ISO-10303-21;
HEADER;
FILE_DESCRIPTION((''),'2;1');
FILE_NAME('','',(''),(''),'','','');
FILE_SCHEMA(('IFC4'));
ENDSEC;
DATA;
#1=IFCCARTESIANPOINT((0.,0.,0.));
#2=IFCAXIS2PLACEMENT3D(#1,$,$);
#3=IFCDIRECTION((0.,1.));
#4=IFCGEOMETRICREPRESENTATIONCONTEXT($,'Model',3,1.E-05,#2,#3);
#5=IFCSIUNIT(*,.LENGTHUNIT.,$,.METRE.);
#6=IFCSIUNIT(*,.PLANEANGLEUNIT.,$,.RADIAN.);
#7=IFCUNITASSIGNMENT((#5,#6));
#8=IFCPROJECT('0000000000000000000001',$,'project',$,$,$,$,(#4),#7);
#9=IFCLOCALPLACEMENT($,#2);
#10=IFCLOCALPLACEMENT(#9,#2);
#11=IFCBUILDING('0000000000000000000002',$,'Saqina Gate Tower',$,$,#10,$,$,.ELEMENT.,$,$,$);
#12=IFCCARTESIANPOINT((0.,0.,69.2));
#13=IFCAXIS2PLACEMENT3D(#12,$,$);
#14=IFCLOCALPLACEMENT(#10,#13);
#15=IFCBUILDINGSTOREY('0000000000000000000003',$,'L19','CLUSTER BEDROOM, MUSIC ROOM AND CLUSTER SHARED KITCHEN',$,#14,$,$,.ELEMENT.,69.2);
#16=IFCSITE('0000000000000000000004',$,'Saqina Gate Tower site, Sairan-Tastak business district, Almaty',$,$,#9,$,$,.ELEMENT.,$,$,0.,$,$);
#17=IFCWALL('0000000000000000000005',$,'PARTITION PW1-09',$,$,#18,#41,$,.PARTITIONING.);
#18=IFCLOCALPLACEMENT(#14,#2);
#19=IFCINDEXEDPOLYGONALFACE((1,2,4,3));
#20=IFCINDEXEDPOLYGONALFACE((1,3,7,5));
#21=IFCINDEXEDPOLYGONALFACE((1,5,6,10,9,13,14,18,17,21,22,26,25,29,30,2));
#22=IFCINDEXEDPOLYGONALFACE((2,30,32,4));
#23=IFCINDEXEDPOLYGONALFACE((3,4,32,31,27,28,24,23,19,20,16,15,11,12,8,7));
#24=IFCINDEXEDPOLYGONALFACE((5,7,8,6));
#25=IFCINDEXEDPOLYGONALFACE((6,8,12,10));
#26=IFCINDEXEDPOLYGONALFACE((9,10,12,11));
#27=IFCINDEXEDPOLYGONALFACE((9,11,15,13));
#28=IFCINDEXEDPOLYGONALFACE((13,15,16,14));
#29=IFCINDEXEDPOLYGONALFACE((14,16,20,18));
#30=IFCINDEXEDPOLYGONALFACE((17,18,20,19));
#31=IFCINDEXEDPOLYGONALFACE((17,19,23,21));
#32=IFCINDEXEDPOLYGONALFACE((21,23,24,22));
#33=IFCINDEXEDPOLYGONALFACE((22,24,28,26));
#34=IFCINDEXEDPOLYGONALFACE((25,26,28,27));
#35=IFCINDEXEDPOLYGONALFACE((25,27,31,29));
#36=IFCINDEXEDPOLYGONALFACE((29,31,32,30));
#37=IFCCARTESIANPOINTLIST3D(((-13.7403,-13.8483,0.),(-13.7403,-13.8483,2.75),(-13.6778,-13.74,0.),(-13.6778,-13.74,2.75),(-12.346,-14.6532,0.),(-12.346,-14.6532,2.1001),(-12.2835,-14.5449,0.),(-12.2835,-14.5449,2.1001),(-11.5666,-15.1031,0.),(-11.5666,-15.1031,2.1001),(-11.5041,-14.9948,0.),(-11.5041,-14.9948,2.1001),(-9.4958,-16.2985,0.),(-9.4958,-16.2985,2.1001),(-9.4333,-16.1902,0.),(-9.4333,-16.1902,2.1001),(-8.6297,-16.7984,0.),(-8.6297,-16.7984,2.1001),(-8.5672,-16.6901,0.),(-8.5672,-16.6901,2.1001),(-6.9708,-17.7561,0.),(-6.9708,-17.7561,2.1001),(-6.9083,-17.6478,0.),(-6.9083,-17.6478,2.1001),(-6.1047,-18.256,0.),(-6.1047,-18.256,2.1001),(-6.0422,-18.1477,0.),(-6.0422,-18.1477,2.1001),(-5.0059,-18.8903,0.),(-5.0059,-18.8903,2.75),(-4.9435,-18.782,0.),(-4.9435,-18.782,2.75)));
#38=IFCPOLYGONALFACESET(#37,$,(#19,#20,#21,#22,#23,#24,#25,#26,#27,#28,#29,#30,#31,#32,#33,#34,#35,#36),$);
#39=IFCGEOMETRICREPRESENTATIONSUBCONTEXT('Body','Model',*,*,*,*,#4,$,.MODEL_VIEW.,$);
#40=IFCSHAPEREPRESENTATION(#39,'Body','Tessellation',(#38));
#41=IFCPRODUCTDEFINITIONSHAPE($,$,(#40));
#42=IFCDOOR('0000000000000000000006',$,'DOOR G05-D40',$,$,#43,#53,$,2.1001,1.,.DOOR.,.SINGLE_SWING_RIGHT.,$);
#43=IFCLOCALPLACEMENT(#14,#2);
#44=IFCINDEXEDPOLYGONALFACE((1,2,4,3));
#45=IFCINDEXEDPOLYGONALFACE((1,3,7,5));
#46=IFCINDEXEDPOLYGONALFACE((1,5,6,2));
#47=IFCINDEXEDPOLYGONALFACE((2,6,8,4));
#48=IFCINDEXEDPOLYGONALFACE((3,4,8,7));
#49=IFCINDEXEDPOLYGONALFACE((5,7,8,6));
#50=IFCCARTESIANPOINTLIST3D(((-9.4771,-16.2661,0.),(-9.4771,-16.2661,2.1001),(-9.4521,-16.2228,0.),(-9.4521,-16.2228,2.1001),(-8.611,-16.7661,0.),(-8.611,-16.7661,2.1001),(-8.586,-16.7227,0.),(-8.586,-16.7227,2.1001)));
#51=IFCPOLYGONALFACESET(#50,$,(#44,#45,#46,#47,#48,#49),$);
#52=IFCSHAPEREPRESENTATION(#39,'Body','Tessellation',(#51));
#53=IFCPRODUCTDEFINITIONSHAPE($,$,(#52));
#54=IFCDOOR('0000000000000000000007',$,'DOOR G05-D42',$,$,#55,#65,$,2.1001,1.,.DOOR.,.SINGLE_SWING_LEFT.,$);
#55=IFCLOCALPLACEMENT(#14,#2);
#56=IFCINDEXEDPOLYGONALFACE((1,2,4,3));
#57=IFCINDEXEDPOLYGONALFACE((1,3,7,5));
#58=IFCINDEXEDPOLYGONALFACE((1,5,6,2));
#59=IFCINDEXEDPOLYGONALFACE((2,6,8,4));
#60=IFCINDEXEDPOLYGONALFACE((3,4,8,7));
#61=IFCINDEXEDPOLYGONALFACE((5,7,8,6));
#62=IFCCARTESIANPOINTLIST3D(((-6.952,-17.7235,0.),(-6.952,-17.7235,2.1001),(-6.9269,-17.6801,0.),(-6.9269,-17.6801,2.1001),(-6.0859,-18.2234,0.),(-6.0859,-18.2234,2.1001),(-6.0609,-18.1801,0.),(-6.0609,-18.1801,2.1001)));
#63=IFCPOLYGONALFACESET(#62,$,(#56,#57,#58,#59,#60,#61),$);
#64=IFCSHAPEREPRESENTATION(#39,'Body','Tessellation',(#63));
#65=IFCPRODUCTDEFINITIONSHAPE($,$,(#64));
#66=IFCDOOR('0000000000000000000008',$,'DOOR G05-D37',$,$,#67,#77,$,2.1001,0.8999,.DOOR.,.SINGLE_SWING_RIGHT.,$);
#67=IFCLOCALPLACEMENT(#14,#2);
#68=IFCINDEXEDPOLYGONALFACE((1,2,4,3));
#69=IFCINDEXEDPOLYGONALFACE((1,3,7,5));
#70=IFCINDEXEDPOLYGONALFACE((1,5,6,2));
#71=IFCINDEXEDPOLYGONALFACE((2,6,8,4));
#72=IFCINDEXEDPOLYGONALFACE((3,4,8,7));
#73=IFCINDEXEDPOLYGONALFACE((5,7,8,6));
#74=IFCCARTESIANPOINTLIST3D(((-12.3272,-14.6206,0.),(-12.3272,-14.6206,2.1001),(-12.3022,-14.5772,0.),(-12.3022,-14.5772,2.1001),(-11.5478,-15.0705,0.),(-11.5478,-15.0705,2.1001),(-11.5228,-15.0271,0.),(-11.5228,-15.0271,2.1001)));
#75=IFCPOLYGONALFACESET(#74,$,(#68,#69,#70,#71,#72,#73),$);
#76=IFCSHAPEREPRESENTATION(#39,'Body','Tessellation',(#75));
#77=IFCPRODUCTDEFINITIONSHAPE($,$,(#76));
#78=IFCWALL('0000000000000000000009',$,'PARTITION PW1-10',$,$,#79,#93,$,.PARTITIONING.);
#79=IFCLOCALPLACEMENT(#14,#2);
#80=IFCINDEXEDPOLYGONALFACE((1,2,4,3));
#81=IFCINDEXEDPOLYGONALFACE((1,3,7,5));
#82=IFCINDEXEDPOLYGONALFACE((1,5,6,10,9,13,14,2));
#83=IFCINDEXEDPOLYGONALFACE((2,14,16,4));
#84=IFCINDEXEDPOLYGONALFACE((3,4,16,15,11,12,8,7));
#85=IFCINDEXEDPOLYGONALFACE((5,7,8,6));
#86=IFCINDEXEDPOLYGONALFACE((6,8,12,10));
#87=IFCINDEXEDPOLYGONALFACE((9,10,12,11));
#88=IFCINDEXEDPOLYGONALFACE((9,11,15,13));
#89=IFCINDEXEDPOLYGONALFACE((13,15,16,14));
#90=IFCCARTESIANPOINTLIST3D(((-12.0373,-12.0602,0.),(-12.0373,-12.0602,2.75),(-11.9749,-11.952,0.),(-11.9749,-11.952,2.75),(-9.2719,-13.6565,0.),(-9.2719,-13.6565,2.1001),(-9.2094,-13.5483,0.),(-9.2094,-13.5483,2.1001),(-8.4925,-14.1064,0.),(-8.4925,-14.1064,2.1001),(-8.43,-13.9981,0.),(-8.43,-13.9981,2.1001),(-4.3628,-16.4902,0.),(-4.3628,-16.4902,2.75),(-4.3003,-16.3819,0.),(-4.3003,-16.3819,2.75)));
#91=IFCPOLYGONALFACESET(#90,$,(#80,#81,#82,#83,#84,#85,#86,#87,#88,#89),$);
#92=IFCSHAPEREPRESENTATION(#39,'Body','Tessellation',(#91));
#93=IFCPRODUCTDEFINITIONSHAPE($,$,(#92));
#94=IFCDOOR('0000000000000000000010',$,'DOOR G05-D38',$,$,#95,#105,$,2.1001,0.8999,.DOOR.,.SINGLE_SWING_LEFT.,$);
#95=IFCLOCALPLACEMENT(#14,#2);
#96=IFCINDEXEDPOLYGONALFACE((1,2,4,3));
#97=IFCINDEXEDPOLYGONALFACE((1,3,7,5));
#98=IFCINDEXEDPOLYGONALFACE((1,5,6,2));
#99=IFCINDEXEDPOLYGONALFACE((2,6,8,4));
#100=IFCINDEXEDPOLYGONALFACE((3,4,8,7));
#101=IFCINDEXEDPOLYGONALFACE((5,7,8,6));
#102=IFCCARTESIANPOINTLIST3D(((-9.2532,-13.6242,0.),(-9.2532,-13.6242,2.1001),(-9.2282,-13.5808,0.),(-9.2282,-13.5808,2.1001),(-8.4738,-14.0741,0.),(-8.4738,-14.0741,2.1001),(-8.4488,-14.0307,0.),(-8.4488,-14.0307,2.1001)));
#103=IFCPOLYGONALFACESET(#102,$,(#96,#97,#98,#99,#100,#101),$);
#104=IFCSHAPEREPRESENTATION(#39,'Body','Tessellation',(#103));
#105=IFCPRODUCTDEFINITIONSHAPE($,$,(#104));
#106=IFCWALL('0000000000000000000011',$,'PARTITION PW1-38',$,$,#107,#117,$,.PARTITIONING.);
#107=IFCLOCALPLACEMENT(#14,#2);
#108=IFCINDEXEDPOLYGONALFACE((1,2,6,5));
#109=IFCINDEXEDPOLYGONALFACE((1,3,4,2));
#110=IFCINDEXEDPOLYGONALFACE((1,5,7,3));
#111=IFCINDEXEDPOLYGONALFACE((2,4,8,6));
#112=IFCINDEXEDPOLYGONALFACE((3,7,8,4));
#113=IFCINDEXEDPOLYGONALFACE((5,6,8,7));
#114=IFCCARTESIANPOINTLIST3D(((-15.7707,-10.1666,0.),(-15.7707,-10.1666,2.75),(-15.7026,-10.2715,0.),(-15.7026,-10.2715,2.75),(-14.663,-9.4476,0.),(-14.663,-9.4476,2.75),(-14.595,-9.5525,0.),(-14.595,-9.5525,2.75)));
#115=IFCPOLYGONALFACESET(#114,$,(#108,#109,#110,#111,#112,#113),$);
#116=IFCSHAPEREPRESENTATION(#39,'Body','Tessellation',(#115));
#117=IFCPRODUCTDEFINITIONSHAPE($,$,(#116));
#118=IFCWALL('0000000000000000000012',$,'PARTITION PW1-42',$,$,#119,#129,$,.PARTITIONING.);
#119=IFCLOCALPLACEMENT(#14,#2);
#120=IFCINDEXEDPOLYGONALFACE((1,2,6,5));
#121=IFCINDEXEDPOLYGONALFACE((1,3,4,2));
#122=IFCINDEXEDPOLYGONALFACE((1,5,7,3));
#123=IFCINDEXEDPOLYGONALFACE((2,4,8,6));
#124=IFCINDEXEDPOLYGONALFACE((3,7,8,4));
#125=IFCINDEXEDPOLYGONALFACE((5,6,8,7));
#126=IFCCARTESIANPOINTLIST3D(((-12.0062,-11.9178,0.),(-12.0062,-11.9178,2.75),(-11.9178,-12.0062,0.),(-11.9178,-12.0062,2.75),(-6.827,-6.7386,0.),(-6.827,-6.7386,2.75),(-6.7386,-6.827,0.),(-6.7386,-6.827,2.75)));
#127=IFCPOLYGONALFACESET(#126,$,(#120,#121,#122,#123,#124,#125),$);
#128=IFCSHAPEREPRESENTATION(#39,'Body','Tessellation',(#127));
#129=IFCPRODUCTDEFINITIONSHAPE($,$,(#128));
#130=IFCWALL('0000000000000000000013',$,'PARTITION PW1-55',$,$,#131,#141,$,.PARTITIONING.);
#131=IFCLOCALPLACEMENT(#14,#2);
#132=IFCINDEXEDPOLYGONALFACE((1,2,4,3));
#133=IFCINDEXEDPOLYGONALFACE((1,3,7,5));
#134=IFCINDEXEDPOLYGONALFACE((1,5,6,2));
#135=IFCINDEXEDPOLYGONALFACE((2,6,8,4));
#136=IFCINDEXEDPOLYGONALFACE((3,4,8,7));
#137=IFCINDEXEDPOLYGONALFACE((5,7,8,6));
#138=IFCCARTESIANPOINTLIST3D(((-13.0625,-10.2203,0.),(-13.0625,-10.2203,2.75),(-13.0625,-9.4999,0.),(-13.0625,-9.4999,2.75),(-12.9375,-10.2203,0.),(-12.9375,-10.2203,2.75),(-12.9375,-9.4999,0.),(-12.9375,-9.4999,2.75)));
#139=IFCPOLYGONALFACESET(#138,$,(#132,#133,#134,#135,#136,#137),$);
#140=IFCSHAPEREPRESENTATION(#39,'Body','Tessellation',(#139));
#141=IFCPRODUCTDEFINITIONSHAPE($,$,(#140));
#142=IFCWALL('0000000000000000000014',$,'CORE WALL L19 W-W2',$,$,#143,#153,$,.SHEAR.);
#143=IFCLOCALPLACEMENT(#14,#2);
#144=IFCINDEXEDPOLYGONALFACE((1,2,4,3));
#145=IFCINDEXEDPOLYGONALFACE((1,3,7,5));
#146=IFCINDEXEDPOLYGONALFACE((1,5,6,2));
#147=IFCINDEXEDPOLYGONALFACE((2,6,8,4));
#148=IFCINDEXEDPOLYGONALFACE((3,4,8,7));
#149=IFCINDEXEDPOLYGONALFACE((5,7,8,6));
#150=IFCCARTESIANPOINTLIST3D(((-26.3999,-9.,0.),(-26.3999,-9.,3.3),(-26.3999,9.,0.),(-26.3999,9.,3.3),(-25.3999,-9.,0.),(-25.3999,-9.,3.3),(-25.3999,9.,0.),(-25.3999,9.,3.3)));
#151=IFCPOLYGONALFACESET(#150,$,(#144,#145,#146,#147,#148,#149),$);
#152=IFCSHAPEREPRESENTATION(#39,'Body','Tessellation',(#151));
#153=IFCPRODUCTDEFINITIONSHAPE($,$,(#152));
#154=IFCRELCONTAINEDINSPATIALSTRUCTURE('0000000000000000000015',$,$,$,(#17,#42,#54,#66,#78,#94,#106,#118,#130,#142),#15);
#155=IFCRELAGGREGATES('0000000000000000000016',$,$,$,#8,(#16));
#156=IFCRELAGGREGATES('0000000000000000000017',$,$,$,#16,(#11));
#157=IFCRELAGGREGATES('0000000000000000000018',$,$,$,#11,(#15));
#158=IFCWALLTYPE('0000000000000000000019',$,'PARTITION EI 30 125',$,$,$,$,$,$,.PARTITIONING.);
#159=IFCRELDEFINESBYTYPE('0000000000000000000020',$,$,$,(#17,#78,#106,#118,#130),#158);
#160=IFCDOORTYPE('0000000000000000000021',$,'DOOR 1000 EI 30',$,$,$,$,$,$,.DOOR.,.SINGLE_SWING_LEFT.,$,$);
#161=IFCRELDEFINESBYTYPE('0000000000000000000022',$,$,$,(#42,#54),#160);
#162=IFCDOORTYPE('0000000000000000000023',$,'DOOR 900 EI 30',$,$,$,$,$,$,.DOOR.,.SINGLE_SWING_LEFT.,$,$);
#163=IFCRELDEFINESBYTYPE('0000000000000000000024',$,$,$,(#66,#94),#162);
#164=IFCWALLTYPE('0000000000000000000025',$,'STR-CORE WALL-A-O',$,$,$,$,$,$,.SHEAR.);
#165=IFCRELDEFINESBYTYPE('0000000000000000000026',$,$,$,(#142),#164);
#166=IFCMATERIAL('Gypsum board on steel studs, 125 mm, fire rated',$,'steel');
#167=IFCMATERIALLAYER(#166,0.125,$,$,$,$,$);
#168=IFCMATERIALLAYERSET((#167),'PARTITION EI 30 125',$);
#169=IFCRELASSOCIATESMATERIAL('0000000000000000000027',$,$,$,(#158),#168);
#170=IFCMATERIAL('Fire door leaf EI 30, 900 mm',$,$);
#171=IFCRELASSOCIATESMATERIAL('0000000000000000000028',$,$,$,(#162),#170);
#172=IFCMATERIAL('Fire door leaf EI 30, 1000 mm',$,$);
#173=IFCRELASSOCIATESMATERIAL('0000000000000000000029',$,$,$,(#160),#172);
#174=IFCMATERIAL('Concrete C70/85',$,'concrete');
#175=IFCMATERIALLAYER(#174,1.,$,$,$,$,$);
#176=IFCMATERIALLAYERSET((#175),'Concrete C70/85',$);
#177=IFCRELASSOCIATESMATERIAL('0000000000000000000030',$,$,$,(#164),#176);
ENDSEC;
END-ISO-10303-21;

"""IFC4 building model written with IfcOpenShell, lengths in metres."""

from ifc_helpers import new_model, si_unit, direction, frame, frame_2d, origin, place, context, subcontext, project, spatial, rectangle, extrude, material, layer, layer_set, type_object, element, fill, save


model = new_model("IFC4")

# Units and contexts
model_context = context("Model", 3, precision=1e-05, world=origin(), true_north=direction((0.0, 1.0)))
body_context = subcontext(model_context, "Body", "Model", "MODEL_VIEW")
ifc_project = project(units=[si_unit("LENGTHUNIT", "METRE"), si_unit("PLANEANGLEUNIT", "RADIAN")], contexts=[model_context])

# Site, building, storey
site_placement = place(None, origin())
site = spatial("IfcSite", under=ifc_project, at=site_placement, Name="Saqina Gate Tower site, Sairan-Tastak business district, Almaty", CompositionType="ELEMENT", RefElevation=0.0)
building_placement = place(site_placement, origin())
building = spatial("IfcBuilding", under=site, at=building_placement, Name="Saqina Gate Tower", CompositionType="ELEMENT")
storey_placement = place(building_placement, frame((0.0, 0.0, 69.2)))
storey = spatial("IfcBuildingStorey", under=building, at=storey_placement, Name="L19", Description="CLUSTER BEDROOM, MUSIC ROOM AND CLUSTER SHARED KITCHEN", CompositionType="ELEMENT", Elevation=69.2)

# Shared definitions
ifc_material_1 = material(Name="Gypsum board on steel studs, 125 mm, fire rated", Category="steel")
ifc_layer_1 = layer(ifc_material_1, 0.125)
ifc_layer_set_1 = layer_set([ifc_layer_1], Name="PARTITION EI 30 125")
wall_type_1 = type_object("IfcWallType", Name="PARTITION EI 30 125", PredefinedType="PARTITIONING", material=ifc_layer_set_1)
ifc_material_2 = material(Name="Fire door leaf EI 30, 900 mm")
door_type_1 = type_object("IfcDoorType", Name="DOOR 900 EI 30", OperationType="SINGLE_SWING_LEFT", PredefinedType="DOOR", material=ifc_material_2)

# Wall, openings, doors
wall_1_placement = place(storey_placement, frame((-13.709, -13.7942, 0.0), z_axis=(0.0, 0.0, 1.0), x_axis=(0.86606, -0.49994, 0.0)))
wall_1 = element("IfcWall", 1, at=wall_1_placement, inside=storey, type_object=wall_type_1, Name="PARTITION PW1-09", PredefinedType="PARTITIONING", context=body_context, shape_type="SweptSolid", body=[
    extrude(rectangle(XDim=10.0852, YDim=0.125, at=frame_2d((5.0425, 0.0))), origin(), (0.0, 0.0, 1.0), 2.75),
])
opening_1_placement = place(wall_1_placement, frame((1.6099, 0.0, 0.0)))
opening_1 = element("IfcOpeningElement", 2, at=opening_1_placement, cuts=wall_1, PredefinedType="OPENING", context=body_context, shape_type="SweptSolid", body=[
    extrude(rectangle(XDim=0.8999, YDim=2.1001, at=frame_2d((0.45, 1.05))), frame((0.0, 0.0745, 0.0), z_axis=(0.0, -1.0, 0.0), x_axis=(1.0, 0.0, 0.0)), (0.0, 0.0, 1.0), 0.1489),
])
opening_2_placement = place(wall_1_placement, frame((4.9009, 0.0, 0.0)))
opening_2 = element("IfcOpeningElement", 3, at=opening_2_placement, cuts=wall_1, PredefinedType="OPENING", context=body_context, shape_type="SweptSolid", body=[
    extrude(rectangle(XDim=1.0, YDim=2.1001, at=frame_2d((0.5, 1.05))), frame((0.0, 0.0745, 0.0), z_axis=(0.0, -1.0, 0.0), x_axis=(1.0, 0.0, 0.0)), (0.0, 0.0, 1.0), 0.1489),
])
opening_3_placement = place(wall_1_placement, frame((7.8164, 0.0, 0.0)))
opening_3 = element("IfcOpeningElement", 4, at=opening_3_placement, cuts=wall_1, PredefinedType="OPENING", context=body_context, shape_type="SweptSolid", body=[
    extrude(rectangle(XDim=1.0, YDim=2.1001, at=frame_2d((0.5, 1.05))), frame((0.0, 0.0745, 0.0), z_axis=(0.0, -1.0, 0.0), x_axis=(1.0, 0.0, 0.0)), (0.0, 0.0, 1.0), 0.1489),
])
ifc_material_3 = material(Name="Fire door leaf EI 30, 1000 mm")
door_type_2 = type_object("IfcDoorType", Name="DOOR 1000 EI 30", OperationType="SINGLE_SWING_LEFT", PredefinedType="DOOR", material=ifc_material_3)
door_1_placement = place(opening_2_placement, origin())
door_1 = element("IfcDoor", 5, at=door_1_placement, inside=storey, type_object=door_type_2, Name="DOOR G05-D40", OperationType="SINGLE_SWING_RIGHT", OverallHeight=2.1001, OverallWidth=1.0, PredefinedType="DOOR", context=body_context, shape_type="SweptSolid", body=[
    extrude(rectangle(XDim=1.0, YDim=2.1001, at=frame_2d((0.5, 1.05))), frame((0.0, 0.0249, 0.0), z_axis=(0.0, -1.0, 0.0), x_axis=(1.0, 0.0, 0.0)), (0.0, 0.0, 1.0), 0.05),
])
fill(opening_2, door_1)
door_2_placement = place(opening_3_placement, frame((1.0, 0.0, 0.0), z_axis=(0.0, 0.0, 1.0), x_axis=(-1.0, 0.0, 0.0)))
door_2 = element("IfcDoor", 6, at=door_2_placement, inside=storey, type_object=door_type_2, Name="DOOR G05-D42", OperationType="SINGLE_SWING_LEFT", OverallHeight=2.1001, OverallWidth=1.0, PredefinedType="DOOR", context=body_context, shape_type="SweptSolid", body=[
    extrude(rectangle(XDim=1.0, YDim=2.1001, at=frame_2d((0.5, 1.05))), frame((0.0, 0.0249, 0.0), z_axis=(0.0, -1.0, 0.0), x_axis=(1.0, 0.0, 0.0)), (0.0, 0.0, 1.0), 0.05),
])
fill(opening_3, door_2)
door_3_placement = place(opening_1_placement, frame((0.8999, 0.0, 0.0), z_axis=(0.0, 0.0, 1.0), x_axis=(-1.0, 0.0, 0.0)))
door_3 = element("IfcDoor", 7, at=door_3_placement, inside=storey, type_object=door_type_1, Name="DOOR G05-D37", OperationType="SINGLE_SWING_RIGHT", OverallHeight=2.1001, OverallWidth=0.8999, PredefinedType="DOOR", context=body_context, shape_type="SweptSolid", body=[
    extrude(rectangle(XDim=0.8999, YDim=2.1001, at=frame_2d((0.45, 1.05))), frame((0.0, 0.0249, 0.0), z_axis=(0.0, -1.0, 0.0), x_axis=(1.0, 0.0, 0.0)), (0.0, 0.0, 1.0), 0.05),
])
fill(opening_1, door_3)

# Wall, opening, door
wall_2_placement = place(storey_placement, frame((-12.0061, -12.0061, 0.0), z_axis=(0.0, 0.0, 1.0), x_axis=(0.866073, -0.499917, 0.0)))
wall_2 = element("IfcWall", 8, at=wall_2_placement, inside=storey, type_object=wall_type_1, Name="PARTITION PW1-10", PredefinedType="PARTITIONING", context=body_context, shape_type="SweptSolid", body=[
    extrude(rectangle(XDim=8.8613, YDim=0.125, at=frame_2d((4.4307, 0.0))), origin(), (0.0, 0.0, 1.0), 2.75),
])
opening_4_placement = place(wall_2_placement, frame((3.1931, 0.0, 0.0)))
opening_4 = element("IfcOpeningElement", 9, at=opening_4_placement, cuts=wall_2, PredefinedType="OPENING", context=body_context, shape_type="SweptSolid", body=[
    extrude(rectangle(XDim=0.8999, YDim=2.1001, at=frame_2d((0.45, 1.05))), frame((0.0, 0.0745, 0.0), z_axis=(0.0, -1.0, 0.0), x_axis=(1.0, 0.0, 0.0)), (0.0, 0.0, 1.0), 0.1489),
])
door_4_placement = place(opening_4_placement, origin())
door_4 = element("IfcDoor", 10, at=door_4_placement, inside=storey, type_object=door_type_1, Name="DOOR G05-D38", OperationType="SINGLE_SWING_LEFT", OverallHeight=2.1001, OverallWidth=0.8999, PredefinedType="DOOR", context=body_context, shape_type="SweptSolid", body=[
    extrude(rectangle(XDim=0.8999, YDim=2.1001, at=frame_2d((0.45, 1.05))), frame((0.0, 0.0249, 0.0), z_axis=(0.0, -1.0, 0.0), x_axis=(1.0, 0.0, 0.0)), (0.0, 0.0, 1.0), 0.05),
])
fill(opening_4, door_4)

# Walls
wall_3_placement = place(storey_placement, frame((-15.7366, -10.219, 0.0), z_axis=(0.0, 0.0, 1.0), x_axis=(0.838786, 0.544462, 0.0)))
element("IfcWall", 11, at=wall_3_placement, inside=storey, type_object=wall_type_1, Name="PARTITION PW1-38", PredefinedType="PARTITIONING", context=body_context, shape_type="SweptSolid", body=[
    extrude(rectangle(XDim=1.3206, YDim=0.125, at=frame_2d((0.6602, 0.0))), origin(), (0.0, 0.0, 1.0), 2.75),
])
wall_4_placement = place(storey_placement, frame((-11.9619, -11.9619, 0.0), z_axis=(0.0, 0.0, 1.0), x_axis=(0.707107, 0.707107, 0.0)))
element("IfcWall", 12, at=wall_4_placement, inside=storey, type_object=wall_type_1, Name="PARTITION PW1-42", PredefinedType="PARTITIONING", context=body_context, shape_type="SweptSolid", body=[
    extrude(rectangle(XDim=7.3245, YDim=0.125, at=frame_2d((3.6621, 0.0))), origin(), (0.0, 0.0, 1.0), 2.75),
])
wall_5_placement = place(storey_placement, frame((-13.0, -10.2205, 0.0), z_axis=(0.0, 0.0, 1.0), x_axis=(0.0, 1.0, 0.0)))
element("IfcWall", 13, at=wall_5_placement, inside=storey, type_object=wall_type_1, Name="PARTITION PW1-55", PredefinedType="PARTITIONING", context=body_context, shape_type="SweptSolid", body=[
    extrude(rectangle(XDim=0.7205, YDim=0.125, at=frame_2d((0.3604, 0.0))), origin(), (0.0, 0.0, 1.0), 2.75),
])
ifc_material_4 = material(Name="Concrete C70/85", Category="concrete")
ifc_layer_2 = layer(ifc_material_4, 1.0)
ifc_layer_set_2 = layer_set([ifc_layer_2], Name="Concrete C70/85")
wall_type_2 = type_object("IfcWallType", Name="STR-CORE WALL-A-O", PredefinedType="SHEAR", material=ifc_layer_set_2)
wall_6_placement = place(storey_placement, frame((-25.8999, -9.0, 0.0), z_axis=(0.0, 0.0, 1.0), x_axis=(0.0, 1.0, 0.0)))
element("IfcWall", 14, at=wall_6_placement, inside=storey, type_object=wall_type_2, Name="CORE WALL L19 W-W2", PredefinedType="SHEAR", context=body_context, shape_type="SweptSolid", body=[
    extrude(rectangle(XDim=18.0, YDim=1.0, at=frame_2d((9.0, 0.0))), origin(), (0.0, 0.0, 1.0), 3.3),
])

save(model, "model.ifc")
